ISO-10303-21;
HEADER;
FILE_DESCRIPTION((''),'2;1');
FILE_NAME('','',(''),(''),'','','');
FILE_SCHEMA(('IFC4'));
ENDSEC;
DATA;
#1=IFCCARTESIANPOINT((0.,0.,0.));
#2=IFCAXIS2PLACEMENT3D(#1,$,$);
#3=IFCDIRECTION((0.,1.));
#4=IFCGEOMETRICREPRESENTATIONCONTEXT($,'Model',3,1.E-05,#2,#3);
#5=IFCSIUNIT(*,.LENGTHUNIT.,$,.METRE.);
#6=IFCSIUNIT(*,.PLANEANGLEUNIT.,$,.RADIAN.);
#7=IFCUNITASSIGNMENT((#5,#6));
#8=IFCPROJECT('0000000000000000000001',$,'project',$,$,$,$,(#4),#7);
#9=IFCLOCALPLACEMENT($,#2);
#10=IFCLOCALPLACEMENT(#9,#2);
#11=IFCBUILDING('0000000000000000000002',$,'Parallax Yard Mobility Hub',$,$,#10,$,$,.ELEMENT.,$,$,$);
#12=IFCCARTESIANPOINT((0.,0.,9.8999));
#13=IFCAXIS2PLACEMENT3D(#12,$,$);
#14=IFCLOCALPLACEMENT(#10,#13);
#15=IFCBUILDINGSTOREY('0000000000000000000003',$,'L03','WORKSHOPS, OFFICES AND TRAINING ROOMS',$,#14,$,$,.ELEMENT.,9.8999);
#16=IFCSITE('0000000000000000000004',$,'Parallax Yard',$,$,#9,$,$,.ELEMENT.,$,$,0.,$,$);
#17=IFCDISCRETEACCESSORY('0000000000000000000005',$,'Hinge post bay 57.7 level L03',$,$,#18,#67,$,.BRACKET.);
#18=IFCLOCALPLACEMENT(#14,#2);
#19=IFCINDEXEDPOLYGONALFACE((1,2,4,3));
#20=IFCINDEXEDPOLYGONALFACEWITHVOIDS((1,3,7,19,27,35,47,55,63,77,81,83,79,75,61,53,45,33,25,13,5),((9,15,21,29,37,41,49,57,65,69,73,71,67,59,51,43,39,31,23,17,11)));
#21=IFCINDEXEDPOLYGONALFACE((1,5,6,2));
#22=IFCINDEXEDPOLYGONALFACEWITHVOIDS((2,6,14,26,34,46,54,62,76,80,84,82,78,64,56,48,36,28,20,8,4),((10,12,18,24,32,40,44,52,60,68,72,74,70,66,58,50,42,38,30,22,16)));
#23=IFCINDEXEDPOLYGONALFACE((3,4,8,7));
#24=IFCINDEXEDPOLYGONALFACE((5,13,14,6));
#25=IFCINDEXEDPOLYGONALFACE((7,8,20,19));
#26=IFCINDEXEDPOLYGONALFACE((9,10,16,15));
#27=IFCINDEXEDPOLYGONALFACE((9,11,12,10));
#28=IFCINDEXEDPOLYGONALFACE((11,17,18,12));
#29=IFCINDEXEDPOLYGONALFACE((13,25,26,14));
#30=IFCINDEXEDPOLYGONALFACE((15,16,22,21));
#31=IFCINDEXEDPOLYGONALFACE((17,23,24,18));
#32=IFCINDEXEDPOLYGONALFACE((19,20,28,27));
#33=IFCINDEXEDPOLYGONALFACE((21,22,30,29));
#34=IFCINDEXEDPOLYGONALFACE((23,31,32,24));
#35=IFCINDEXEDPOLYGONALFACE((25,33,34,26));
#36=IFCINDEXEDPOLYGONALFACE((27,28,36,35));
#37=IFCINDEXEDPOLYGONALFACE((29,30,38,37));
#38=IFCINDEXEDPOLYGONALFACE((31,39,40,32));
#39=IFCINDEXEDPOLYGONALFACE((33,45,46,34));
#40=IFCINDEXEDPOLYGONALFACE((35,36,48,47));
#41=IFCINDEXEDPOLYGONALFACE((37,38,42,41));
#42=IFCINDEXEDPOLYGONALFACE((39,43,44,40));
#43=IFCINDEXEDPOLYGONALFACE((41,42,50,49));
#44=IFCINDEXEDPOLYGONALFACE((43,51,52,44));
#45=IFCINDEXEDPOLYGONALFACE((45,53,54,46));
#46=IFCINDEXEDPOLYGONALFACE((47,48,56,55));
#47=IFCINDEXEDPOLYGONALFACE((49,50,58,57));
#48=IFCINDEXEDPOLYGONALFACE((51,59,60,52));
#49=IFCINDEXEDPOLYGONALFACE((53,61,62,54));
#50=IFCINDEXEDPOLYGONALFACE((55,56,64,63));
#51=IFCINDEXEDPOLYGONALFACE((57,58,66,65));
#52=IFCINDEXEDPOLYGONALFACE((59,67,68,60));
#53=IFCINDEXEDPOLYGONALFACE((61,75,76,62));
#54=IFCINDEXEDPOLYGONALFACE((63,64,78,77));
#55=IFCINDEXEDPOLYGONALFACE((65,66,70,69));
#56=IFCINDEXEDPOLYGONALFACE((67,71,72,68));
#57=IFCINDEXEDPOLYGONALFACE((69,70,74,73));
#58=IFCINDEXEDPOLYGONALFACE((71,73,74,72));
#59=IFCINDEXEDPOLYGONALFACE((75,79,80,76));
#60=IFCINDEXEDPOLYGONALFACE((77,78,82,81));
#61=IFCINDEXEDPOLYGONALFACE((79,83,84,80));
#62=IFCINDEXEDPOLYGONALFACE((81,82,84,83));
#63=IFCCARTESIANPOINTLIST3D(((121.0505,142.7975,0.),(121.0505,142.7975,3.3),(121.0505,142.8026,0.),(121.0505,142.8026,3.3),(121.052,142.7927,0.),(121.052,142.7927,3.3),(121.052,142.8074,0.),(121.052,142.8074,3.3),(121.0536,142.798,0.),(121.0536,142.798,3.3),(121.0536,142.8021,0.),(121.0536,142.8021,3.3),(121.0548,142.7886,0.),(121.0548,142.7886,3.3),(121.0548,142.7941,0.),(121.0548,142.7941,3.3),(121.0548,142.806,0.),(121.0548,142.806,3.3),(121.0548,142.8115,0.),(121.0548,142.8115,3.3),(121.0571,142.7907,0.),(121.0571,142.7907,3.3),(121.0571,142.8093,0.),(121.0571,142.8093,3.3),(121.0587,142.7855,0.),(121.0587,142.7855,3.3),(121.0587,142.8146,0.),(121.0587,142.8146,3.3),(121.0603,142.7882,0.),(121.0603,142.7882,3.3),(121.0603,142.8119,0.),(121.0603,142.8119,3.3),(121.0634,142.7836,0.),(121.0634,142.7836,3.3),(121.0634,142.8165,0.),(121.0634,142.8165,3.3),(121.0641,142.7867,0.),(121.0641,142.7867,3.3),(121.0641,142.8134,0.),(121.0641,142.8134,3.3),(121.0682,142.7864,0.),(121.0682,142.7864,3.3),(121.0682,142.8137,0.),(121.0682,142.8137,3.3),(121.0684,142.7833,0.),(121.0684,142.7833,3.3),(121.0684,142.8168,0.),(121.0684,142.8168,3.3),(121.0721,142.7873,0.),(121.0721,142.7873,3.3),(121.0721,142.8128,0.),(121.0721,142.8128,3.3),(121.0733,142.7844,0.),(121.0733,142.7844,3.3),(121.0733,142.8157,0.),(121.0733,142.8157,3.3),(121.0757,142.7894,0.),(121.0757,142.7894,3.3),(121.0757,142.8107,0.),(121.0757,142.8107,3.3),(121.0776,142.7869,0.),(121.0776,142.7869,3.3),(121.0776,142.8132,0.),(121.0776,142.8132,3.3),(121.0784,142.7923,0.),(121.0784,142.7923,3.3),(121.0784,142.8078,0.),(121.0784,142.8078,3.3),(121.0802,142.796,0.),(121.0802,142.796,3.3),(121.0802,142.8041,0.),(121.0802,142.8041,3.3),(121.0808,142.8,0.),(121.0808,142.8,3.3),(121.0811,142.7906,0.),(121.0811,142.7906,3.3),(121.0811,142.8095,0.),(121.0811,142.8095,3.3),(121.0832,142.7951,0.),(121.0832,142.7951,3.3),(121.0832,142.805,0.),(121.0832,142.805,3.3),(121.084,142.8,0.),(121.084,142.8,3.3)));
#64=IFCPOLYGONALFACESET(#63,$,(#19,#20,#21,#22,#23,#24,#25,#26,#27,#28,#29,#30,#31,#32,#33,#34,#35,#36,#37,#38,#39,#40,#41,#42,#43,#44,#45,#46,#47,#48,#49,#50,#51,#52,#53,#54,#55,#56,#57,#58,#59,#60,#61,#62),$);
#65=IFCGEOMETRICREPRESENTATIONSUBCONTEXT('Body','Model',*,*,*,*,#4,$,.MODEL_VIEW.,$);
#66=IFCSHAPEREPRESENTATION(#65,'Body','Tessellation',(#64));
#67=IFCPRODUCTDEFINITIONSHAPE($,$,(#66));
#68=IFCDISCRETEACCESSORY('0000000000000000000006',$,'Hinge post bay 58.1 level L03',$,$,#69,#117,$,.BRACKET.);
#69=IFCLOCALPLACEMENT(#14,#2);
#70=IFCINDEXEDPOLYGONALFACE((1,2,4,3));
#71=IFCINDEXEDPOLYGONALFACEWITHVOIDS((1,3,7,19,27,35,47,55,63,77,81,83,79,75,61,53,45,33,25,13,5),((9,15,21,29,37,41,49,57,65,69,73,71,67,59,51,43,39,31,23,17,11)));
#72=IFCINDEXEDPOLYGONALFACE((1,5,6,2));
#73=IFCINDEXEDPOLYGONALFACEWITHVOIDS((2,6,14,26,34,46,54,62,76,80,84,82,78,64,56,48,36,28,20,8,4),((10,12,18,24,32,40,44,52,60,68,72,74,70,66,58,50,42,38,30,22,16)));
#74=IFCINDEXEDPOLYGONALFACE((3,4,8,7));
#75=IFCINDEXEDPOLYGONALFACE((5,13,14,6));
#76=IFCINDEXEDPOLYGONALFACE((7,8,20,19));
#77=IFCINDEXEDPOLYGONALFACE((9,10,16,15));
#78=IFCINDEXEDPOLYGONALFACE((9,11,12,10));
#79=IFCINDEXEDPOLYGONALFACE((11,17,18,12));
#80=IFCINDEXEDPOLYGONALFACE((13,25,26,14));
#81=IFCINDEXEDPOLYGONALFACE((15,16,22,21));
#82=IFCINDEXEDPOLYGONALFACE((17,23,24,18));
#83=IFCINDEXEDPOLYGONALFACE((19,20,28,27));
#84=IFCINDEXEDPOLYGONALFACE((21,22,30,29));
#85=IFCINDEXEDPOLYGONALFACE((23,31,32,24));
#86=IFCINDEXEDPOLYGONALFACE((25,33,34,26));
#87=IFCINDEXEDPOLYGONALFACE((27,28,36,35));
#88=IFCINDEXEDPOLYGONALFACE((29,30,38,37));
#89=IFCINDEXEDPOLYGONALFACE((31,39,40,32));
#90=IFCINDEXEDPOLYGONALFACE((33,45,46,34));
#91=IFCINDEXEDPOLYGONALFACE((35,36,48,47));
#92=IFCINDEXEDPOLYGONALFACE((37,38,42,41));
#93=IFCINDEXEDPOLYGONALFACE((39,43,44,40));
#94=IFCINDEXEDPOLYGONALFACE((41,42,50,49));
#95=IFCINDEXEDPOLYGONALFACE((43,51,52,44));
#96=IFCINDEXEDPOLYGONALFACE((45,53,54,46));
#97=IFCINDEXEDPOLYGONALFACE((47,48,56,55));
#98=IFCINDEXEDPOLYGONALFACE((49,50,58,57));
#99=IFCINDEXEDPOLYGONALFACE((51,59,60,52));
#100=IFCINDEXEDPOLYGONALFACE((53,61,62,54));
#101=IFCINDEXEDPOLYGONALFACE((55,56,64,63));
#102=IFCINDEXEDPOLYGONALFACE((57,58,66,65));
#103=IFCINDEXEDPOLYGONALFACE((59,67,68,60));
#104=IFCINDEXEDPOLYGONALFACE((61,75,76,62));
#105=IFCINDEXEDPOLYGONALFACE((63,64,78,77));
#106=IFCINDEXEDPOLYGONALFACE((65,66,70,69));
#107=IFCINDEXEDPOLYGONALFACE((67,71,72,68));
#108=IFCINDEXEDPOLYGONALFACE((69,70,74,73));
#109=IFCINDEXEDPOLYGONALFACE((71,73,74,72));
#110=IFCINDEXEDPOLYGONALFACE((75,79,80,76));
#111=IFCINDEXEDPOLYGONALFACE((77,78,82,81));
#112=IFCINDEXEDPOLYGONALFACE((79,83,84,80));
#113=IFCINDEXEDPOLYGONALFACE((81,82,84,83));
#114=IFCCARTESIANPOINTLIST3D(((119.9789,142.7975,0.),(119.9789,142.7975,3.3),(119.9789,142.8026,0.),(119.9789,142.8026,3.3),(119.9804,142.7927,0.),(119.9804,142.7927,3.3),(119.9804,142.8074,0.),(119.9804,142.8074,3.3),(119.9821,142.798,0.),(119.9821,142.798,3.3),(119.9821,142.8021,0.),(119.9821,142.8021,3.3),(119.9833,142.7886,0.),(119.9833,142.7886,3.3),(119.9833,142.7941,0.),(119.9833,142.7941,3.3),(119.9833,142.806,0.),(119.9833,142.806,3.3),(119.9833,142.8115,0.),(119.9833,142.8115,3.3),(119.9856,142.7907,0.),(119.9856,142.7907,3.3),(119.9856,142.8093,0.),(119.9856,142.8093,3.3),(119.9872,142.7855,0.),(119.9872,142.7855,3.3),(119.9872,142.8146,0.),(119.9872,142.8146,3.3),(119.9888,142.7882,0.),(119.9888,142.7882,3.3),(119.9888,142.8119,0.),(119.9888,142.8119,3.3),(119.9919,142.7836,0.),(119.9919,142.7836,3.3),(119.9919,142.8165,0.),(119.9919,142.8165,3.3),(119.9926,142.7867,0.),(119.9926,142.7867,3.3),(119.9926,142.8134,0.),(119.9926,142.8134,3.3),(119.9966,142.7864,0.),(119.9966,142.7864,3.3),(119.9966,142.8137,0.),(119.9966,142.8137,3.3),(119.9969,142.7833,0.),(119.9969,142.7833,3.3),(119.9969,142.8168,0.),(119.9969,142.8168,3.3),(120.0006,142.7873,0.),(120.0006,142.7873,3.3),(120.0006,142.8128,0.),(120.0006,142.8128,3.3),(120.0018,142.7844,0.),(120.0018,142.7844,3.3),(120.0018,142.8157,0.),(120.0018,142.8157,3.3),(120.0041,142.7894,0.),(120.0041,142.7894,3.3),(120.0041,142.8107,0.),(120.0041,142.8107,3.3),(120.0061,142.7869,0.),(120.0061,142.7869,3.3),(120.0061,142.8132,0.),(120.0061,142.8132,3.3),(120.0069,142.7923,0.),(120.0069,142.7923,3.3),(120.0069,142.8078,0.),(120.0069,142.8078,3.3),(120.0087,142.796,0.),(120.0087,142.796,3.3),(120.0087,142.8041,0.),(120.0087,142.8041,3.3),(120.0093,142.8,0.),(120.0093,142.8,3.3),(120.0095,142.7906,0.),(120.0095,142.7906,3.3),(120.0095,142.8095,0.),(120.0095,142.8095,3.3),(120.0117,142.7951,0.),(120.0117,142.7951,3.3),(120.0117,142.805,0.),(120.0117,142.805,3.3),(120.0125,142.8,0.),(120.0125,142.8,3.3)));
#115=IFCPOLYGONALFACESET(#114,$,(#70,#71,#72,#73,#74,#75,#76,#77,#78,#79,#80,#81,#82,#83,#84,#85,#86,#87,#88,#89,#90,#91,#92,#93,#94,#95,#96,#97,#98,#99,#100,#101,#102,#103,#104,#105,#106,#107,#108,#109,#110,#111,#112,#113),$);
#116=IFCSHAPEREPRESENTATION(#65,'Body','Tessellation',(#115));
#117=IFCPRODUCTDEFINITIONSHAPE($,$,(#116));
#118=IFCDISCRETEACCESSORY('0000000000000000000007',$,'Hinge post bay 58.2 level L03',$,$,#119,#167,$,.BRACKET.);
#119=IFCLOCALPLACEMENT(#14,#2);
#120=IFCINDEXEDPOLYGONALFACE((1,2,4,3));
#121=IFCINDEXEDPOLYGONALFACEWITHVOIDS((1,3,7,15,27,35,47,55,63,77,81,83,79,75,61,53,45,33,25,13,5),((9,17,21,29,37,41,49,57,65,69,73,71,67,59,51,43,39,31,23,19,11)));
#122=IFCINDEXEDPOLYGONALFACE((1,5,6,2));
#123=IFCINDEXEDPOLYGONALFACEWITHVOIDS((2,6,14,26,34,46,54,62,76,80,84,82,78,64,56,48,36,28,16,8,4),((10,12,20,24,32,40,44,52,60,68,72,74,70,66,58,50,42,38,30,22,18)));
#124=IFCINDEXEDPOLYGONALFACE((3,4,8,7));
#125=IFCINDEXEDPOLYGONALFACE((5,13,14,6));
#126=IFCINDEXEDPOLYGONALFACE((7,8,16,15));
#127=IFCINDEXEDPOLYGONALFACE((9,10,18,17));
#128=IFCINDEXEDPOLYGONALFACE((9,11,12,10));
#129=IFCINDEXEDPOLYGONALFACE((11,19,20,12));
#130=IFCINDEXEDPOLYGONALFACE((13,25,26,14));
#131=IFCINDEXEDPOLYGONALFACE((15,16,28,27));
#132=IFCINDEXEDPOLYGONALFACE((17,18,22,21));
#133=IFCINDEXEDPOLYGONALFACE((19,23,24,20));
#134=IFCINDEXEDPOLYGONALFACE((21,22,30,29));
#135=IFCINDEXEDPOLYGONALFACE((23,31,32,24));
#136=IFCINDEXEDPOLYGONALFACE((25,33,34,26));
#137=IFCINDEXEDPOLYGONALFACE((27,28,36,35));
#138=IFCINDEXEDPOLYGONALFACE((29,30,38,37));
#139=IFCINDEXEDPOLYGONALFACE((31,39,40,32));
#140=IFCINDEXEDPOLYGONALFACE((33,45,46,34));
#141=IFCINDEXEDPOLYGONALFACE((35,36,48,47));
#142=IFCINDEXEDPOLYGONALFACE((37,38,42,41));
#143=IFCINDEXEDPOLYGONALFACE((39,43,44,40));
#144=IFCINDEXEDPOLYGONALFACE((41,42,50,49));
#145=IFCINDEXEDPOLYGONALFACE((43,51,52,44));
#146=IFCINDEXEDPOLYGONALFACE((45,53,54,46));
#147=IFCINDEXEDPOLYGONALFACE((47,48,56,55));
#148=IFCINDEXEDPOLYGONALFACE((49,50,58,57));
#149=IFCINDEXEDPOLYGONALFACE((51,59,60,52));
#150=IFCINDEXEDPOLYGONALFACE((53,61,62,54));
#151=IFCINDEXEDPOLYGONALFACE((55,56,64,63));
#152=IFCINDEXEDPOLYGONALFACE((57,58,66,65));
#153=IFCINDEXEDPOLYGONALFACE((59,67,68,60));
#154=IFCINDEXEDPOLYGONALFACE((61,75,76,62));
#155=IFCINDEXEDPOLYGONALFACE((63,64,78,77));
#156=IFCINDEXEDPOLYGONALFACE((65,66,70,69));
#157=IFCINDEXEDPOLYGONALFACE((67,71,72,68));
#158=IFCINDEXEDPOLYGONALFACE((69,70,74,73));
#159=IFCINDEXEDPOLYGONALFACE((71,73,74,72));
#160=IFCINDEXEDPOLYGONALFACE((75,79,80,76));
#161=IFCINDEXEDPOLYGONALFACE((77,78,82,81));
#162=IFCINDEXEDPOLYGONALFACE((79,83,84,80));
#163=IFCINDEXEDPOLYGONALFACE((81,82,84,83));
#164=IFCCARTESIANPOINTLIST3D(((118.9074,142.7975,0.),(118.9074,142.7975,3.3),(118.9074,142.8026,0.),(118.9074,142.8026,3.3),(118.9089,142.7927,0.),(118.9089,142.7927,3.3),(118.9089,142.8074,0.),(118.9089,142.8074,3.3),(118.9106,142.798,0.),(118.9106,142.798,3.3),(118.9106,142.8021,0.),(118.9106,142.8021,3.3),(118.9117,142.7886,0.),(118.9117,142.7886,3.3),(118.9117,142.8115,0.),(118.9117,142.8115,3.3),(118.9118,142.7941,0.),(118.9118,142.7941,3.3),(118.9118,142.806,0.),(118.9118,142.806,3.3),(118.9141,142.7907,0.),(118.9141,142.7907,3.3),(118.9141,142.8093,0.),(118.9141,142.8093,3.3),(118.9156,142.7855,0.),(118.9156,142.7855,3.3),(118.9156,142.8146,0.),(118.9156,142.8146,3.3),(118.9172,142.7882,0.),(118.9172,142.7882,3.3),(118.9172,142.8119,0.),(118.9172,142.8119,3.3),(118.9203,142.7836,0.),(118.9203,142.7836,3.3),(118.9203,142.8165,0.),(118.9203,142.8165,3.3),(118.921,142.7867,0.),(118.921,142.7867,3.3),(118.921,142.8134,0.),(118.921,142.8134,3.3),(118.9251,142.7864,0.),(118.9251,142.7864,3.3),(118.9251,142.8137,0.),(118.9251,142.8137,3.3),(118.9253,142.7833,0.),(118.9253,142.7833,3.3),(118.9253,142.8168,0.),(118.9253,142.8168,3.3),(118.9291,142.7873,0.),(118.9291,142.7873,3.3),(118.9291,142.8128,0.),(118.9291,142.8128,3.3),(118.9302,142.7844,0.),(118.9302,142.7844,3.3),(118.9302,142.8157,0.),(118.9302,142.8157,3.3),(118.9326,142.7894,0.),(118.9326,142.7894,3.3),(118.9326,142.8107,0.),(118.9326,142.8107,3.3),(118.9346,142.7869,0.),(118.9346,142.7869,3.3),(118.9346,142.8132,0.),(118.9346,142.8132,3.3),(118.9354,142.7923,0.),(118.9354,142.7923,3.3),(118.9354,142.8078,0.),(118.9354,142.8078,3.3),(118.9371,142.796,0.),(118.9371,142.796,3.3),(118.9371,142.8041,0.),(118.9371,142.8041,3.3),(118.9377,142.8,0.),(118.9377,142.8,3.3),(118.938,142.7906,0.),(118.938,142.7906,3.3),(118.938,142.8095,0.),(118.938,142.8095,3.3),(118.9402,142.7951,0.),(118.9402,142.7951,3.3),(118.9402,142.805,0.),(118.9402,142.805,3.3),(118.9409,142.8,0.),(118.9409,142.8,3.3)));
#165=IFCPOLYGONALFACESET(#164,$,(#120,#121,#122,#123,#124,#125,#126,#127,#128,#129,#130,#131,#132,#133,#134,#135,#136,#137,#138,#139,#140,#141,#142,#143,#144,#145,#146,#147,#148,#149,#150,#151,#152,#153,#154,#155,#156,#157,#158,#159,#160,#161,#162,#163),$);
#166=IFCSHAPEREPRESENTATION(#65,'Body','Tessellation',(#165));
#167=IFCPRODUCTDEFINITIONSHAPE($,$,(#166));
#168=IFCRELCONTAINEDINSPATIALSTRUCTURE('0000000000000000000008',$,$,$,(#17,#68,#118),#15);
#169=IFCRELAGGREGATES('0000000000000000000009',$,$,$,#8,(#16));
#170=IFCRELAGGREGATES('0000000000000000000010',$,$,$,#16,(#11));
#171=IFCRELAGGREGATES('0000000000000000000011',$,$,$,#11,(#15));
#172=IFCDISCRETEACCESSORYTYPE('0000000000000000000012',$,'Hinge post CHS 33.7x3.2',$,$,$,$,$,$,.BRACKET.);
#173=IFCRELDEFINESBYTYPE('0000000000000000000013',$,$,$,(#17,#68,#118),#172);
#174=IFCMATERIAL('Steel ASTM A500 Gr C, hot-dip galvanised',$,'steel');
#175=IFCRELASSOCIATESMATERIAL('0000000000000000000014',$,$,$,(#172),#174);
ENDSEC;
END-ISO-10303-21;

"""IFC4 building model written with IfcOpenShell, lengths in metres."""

from ifc_helpers import new_model, si_unit, direction, frame, origin, origin_2d, place, context, subcontext, project, spatial, hollow_circle, extrude, material, material_profile, profile_set, type_object, element, save


model = new_model("IFC4")

# Units and contexts
model_context = context("Model", 3, precision=1e-05, world=origin(), true_north=direction((0.0, 1.0)))
body_context = subcontext(model_context, "Body", "Model", "MODEL_VIEW")
ifc_project = project(units=[si_unit("LENGTHUNIT", "METRE"), si_unit("PLANEANGLEUNIT", "RADIAN")], contexts=[model_context])

# Site, building, storey
site_placement = place(None, origin())
site = spatial("IfcSite", under=ifc_project, at=site_placement, Name="Parallax Yard", CompositionType="ELEMENT", RefElevation=0.0)
building_placement = place(site_placement, origin())
building = spatial("IfcBuilding", under=site, at=building_placement, Name="Parallax Yard Mobility Hub", CompositionType="ELEMENT")
storey_placement = place(building_placement, frame((0.0, 0.0, 9.8999)))
storey = spatial("IfcBuildingStorey", under=building, at=storey_placement, Name="L03", Description="WORKSHOPS, OFFICES AND TRAINING ROOMS", CompositionType="ELEMENT", Elevation=9.8999)

# Discrete accessories
ifc_material_1 = material(Name="Steel ASTM A500 Gr C, hot-dip galvanised", Category="steel")
ifc_material_profile = material_profile(ifc_material_1, hollow_circle(Radius=0.0168, WallThickness=0.0032, at=origin_2d()), Name="CHS 33.7x3.2")
ifc_profile_set = profile_set([ifc_material_profile], Name="Steel ASTM A500 Gr C, hot-dip galvanised")
discrete_accessory_type_1 = type_object("IfcDiscreteAccessoryType", Name="Hinge post CHS 33.7x3.2", PredefinedType="BRACKET", material=ifc_profile_set)
for number, where, z_axis, x_axis, name in (
    (1, (121.0671, 142.8, 0.0), (0.0, 0.0, 1.0), (1.0, 0.0, 0.0), "Hinge post bay 57.7 level L03"),
    (2, (119.9956, 142.8, 0.0), (0.0, 0.0, 1.0), (1.0, 0.0, 0.0), "Hinge post bay 58.1 level L03"),
    (3, (118.9241, 142.8, 0.0), (0.0, 0.0, 1.0), (1.0, 0.0, 0.0), "Hinge post bay 58.2 level L03"),
):
    element("IfcDiscreteAccessory", number, at=place(storey_placement, frame(where, z_axis=z_axis, x_axis=x_axis)), inside=storey, type_object=discrete_accessory_type_1, Name=name, PredefinedType="BRACKET", context=body_context, shape_type="SweptSolid", body=[
        extrude(hollow_circle(Radius=0.0168, WallThickness=0.0032, at=origin_2d()), origin(), (0.0, 0.0, 1.0), 3.3),
    ])

save(model, "model.ifc")
